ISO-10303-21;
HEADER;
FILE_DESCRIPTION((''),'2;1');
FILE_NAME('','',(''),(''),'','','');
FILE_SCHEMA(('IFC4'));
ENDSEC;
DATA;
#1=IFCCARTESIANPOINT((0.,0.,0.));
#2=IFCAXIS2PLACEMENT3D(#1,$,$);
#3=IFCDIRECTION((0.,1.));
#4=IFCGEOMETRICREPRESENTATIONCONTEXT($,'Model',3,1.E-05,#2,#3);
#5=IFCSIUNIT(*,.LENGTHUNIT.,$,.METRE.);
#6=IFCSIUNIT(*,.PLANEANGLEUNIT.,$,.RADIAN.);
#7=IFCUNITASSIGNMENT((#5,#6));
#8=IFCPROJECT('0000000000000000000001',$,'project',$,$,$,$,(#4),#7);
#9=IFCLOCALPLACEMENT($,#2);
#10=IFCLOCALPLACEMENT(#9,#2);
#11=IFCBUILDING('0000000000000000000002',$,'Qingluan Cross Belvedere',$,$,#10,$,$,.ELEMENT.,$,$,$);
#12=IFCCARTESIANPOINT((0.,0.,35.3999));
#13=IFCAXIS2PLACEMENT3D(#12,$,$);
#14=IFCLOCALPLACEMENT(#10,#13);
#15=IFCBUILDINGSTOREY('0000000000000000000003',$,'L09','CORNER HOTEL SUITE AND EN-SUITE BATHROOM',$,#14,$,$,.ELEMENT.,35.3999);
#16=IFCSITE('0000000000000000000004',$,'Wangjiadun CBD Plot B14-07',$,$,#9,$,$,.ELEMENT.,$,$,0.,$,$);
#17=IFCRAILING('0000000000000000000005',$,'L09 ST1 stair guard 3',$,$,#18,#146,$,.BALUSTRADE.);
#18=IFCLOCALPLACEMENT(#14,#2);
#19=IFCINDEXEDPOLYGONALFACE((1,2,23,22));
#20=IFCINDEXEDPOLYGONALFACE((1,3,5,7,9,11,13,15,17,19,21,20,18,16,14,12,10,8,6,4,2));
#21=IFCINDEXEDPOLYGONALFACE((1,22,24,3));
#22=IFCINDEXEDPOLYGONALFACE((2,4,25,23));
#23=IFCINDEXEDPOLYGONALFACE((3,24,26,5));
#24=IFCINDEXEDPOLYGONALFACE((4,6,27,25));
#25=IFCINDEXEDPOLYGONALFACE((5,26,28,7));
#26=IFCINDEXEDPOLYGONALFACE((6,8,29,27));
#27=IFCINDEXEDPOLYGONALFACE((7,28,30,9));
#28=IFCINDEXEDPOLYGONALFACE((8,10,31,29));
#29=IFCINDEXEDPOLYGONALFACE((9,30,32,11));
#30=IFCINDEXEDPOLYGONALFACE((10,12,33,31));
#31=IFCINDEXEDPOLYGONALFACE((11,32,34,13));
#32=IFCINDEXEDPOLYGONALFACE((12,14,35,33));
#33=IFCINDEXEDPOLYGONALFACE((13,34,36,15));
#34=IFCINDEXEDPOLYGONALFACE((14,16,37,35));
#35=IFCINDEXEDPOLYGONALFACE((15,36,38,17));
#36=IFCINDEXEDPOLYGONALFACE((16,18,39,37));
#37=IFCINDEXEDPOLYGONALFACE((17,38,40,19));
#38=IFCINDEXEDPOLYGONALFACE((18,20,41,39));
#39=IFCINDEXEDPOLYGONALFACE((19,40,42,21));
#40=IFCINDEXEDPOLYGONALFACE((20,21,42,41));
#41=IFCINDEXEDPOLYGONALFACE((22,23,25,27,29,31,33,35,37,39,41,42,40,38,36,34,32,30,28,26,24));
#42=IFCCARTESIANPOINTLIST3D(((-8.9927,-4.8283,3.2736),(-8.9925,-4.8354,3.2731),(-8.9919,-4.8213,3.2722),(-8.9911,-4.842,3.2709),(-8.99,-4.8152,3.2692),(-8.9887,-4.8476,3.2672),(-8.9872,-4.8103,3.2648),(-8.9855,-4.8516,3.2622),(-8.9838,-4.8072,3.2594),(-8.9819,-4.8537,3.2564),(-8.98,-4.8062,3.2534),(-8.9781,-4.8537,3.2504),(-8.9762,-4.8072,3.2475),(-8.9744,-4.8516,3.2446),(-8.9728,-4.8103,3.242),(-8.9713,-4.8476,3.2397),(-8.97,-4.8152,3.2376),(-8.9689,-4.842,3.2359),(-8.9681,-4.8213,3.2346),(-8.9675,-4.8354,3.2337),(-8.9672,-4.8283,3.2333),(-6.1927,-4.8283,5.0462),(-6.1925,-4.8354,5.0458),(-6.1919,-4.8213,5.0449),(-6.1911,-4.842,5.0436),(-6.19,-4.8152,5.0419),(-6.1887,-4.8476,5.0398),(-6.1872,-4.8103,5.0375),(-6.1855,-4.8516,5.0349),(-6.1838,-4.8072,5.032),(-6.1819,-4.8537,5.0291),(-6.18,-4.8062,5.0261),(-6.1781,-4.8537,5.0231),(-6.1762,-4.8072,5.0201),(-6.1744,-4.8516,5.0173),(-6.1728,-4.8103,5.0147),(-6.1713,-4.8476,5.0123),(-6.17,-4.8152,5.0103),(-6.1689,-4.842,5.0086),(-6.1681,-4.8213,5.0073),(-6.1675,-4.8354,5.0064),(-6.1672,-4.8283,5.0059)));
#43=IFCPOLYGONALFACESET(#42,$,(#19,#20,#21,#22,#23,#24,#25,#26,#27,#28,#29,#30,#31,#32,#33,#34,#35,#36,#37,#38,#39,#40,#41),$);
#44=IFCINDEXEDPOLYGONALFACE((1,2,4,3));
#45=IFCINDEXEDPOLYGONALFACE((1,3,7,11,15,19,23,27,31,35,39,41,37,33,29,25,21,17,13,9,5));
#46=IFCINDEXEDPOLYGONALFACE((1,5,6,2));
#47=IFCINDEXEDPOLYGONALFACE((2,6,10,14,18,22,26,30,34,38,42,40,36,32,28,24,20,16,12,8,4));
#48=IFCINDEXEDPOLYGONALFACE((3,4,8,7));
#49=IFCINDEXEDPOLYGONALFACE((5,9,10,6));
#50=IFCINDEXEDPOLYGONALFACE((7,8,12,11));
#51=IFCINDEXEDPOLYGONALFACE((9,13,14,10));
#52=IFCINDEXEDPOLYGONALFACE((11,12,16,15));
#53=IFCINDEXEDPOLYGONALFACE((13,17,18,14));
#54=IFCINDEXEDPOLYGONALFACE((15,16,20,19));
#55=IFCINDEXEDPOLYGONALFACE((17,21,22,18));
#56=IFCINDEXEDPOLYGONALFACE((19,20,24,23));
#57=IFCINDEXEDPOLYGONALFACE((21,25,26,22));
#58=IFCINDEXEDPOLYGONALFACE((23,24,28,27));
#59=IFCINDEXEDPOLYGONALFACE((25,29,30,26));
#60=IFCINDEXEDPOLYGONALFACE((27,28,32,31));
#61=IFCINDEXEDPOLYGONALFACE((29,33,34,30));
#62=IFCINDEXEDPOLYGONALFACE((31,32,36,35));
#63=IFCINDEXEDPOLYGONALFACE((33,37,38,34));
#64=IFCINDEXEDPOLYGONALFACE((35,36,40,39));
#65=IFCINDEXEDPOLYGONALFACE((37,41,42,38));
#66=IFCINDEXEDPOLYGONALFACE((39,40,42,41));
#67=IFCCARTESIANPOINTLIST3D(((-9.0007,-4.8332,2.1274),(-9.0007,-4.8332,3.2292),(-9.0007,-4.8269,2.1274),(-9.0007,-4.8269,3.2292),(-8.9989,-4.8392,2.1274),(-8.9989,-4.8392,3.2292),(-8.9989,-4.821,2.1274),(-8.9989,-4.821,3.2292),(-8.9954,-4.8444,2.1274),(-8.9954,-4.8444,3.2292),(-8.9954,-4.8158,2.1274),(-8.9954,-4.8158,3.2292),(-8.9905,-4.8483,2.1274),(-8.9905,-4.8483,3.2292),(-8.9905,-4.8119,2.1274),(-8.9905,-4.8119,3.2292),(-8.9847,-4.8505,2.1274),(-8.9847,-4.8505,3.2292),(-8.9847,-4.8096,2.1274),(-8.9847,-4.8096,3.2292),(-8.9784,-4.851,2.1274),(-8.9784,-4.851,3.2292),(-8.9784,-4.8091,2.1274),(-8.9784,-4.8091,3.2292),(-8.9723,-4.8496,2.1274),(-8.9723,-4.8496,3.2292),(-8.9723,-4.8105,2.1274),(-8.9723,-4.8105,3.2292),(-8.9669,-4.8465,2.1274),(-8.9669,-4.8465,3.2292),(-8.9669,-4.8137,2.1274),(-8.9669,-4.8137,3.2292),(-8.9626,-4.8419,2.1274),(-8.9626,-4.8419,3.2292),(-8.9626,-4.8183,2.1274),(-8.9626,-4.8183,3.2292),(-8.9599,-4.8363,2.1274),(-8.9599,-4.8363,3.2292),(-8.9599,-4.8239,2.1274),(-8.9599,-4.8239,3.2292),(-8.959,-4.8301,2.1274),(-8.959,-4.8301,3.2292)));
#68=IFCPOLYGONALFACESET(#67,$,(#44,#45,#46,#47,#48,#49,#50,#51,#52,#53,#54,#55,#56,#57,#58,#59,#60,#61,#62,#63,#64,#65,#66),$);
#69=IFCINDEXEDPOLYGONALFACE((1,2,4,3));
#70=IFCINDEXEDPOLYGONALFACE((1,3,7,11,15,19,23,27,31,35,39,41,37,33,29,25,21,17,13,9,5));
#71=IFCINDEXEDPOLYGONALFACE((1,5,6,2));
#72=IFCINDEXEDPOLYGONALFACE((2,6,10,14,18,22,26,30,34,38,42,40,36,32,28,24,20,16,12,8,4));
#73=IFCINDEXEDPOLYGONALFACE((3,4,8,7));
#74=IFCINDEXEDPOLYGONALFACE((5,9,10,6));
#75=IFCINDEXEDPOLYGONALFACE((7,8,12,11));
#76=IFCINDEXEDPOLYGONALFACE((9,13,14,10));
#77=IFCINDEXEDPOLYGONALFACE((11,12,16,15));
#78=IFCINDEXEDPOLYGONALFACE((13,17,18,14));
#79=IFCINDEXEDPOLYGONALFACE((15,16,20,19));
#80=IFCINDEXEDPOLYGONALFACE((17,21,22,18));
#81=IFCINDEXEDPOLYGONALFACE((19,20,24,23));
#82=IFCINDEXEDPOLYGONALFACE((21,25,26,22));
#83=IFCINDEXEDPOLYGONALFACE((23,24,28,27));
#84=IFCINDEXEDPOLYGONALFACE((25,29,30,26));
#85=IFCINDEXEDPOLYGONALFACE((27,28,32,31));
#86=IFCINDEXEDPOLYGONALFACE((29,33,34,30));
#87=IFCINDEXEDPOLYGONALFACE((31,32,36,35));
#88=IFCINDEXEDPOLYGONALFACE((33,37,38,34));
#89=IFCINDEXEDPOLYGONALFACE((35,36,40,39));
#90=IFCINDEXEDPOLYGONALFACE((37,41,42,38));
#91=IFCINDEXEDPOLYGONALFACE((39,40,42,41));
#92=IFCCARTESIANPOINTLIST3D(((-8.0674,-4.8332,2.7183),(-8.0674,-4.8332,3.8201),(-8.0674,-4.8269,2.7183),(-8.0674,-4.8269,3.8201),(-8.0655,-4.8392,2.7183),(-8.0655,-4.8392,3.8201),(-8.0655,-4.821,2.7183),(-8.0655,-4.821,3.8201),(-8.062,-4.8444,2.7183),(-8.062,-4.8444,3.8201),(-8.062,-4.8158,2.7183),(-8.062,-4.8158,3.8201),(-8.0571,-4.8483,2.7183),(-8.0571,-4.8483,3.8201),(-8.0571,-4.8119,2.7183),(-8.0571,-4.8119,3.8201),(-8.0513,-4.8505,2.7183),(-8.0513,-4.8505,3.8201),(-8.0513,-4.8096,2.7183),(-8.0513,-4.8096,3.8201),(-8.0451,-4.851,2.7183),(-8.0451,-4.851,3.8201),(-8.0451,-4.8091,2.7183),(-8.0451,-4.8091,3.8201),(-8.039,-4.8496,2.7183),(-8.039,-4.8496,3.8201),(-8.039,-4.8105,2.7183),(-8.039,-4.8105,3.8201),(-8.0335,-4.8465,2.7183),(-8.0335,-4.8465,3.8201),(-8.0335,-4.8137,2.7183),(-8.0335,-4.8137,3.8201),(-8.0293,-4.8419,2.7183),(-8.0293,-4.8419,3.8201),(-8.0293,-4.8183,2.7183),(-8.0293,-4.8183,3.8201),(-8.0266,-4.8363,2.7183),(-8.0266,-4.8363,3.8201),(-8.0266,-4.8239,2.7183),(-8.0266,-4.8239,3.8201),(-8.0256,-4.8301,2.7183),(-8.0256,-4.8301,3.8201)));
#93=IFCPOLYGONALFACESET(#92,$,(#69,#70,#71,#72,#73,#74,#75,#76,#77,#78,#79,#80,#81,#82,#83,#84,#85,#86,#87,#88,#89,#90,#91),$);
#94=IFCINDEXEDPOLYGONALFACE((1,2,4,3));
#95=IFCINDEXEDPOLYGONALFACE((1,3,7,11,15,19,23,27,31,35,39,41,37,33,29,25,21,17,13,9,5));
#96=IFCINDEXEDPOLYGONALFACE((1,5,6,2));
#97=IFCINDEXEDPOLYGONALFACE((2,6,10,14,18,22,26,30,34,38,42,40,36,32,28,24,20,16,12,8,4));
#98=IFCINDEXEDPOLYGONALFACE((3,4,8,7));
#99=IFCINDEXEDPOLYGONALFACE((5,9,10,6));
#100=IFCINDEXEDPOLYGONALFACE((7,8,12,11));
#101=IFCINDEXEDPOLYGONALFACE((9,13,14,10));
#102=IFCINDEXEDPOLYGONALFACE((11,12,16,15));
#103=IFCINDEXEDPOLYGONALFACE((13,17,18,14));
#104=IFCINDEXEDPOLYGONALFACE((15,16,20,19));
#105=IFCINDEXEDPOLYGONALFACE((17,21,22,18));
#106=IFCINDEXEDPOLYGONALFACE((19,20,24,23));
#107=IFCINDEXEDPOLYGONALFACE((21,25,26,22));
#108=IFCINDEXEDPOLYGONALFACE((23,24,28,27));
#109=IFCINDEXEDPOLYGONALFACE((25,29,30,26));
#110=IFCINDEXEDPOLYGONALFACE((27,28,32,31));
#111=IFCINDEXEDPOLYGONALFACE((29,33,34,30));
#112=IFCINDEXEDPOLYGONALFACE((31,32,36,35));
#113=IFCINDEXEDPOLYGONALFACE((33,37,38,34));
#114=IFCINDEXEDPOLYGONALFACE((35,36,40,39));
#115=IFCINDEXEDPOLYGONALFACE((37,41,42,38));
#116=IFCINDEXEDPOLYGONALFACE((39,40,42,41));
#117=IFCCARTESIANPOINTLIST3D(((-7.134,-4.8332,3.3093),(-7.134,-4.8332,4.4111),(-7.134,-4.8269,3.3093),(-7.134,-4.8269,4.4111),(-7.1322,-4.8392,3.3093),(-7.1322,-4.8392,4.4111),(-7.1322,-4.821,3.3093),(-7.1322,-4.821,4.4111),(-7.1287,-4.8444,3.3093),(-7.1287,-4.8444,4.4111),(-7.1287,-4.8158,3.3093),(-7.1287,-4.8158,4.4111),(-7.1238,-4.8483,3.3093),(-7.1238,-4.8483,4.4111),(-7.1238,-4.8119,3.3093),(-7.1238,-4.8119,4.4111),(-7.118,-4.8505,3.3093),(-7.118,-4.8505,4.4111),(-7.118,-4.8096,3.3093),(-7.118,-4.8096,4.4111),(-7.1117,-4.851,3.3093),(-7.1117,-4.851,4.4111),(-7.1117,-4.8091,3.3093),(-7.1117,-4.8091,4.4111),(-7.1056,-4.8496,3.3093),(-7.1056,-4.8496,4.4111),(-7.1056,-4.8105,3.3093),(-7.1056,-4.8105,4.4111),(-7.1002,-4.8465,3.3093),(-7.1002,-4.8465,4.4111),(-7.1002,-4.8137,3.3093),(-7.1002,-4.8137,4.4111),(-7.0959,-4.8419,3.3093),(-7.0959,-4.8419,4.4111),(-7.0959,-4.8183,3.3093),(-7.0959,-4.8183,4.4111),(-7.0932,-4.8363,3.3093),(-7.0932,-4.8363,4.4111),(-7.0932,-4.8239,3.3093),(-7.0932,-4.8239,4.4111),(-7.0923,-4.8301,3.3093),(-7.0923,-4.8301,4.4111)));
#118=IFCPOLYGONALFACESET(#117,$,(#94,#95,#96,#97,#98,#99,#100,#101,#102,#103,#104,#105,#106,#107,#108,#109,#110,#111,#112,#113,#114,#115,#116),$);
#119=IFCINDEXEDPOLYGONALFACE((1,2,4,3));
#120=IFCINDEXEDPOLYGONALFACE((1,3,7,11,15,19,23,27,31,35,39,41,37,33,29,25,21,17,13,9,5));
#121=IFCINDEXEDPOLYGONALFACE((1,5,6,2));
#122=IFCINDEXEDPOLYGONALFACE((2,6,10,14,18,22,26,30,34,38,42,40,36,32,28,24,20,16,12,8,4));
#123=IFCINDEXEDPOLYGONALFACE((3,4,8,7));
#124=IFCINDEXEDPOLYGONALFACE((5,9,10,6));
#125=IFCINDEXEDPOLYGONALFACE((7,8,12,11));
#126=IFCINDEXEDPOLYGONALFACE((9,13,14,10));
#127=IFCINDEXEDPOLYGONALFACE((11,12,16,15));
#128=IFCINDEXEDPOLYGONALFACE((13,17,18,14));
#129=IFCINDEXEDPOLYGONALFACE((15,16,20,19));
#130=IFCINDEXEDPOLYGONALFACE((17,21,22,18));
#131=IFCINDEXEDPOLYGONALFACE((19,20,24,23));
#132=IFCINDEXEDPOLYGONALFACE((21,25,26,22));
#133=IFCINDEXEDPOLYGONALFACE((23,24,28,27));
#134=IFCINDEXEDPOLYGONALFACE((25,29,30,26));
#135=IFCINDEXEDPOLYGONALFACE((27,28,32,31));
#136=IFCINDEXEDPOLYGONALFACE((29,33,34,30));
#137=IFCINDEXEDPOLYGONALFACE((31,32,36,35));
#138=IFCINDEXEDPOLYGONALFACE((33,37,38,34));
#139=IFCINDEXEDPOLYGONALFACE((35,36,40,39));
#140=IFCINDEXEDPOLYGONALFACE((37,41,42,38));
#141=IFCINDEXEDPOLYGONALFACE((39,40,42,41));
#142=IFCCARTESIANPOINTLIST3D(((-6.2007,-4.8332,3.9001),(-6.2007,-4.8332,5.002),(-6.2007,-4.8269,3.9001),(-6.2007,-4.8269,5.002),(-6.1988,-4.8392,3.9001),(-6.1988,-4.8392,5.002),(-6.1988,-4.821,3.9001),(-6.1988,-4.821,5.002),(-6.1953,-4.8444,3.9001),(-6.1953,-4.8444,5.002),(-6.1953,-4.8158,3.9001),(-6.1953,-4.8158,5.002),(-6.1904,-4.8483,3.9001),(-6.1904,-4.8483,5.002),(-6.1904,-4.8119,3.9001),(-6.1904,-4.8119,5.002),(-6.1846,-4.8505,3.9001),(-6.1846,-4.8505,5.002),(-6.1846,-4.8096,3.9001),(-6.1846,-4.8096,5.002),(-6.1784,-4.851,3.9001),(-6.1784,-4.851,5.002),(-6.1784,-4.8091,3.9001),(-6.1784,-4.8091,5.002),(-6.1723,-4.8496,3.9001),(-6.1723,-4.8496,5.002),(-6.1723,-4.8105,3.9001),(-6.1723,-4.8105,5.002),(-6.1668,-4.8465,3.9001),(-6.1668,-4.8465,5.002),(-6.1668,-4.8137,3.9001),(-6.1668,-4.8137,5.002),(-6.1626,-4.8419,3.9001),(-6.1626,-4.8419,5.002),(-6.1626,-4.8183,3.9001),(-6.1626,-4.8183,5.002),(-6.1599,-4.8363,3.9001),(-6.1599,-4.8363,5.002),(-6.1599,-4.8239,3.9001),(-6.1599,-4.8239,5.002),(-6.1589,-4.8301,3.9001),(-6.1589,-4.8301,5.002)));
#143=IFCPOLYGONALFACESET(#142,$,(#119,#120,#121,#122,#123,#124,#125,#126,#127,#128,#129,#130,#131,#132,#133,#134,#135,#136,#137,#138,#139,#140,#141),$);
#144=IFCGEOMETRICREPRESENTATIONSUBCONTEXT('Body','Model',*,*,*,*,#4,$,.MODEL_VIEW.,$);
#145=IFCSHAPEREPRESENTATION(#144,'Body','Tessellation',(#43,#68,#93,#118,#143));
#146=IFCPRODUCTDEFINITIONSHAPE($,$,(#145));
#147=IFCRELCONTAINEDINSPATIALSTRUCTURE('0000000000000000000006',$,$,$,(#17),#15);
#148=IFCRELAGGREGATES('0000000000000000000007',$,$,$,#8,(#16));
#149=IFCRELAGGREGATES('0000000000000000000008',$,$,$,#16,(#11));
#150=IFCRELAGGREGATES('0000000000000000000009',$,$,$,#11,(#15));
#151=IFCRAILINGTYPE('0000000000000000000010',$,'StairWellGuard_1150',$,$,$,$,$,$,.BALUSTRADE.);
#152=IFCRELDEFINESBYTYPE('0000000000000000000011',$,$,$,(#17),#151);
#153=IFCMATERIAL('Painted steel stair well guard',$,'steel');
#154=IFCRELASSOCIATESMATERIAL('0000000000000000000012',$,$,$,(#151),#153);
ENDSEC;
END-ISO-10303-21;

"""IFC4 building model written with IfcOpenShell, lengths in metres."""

from ifc_helpers import new_model, si_unit, direction, frame, origin, origin_2d, place, context, subcontext, project, spatial, circle, extrude, material, type_object, element, save


model = new_model("IFC4")

# Units and contexts
model_context = context("Model", 3, precision=1e-05, world=origin(), true_north=direction((0.0, 1.0)))
body_context = subcontext(model_context, "Body", "Model", "MODEL_VIEW")
ifc_project = project(units=[si_unit("LENGTHUNIT", "METRE"), si_unit("PLANEANGLEUNIT", "RADIAN")], contexts=[model_context])

# Site, building, storey
site_placement = place(None, origin())
site = spatial("IfcSite", under=ifc_project, at=site_placement, Name="Wangjiadun CBD Plot B14-07", CompositionType="ELEMENT", RefElevation=0.0)
building_placement = place(site_placement, origin())
building = spatial("IfcBuilding", under=site, at=building_placement, Name="Qingluan Cross Belvedere", CompositionType="ELEMENT")
storey_placement = place(building_placement, frame((0.0, 0.0, 35.3999)))
storey = spatial("IfcBuildingStorey", under=building, at=storey_placement, Name="L09", Description="CORNER HOTEL SUITE AND EN-SUITE BATHROOM", CompositionType="ELEMENT", Elevation=35.3999)

# Railing
ifc_material_1 = material(Name="Painted steel stair well guard", Category="steel")
railing_type_1 = type_object("IfcRailingType", Name="StairWellGuard_1150", PredefinedType="BALUSTRADE", material=ifc_material_1)
railing_1_placement = place(storey_placement, frame((-8.98, -4.8301, 2.1274)))
element("IfcRailing", 1, at=railing_1_placement, inside=storey, type_object=railing_type_1, Name="L09 ST1 stair guard 3", PredefinedType="BALUSTRADE", context=body_context, shape_type="SweptSolid", body=[
    extrude(circle(Radius=0.0239, at=origin_2d()), frame((0.0, 0.0, 1.126), z_axis=(0.844909, 0.0, 0.53491), x_axis=(0.0, 1.0, 0.0)), (0.0, 0.0, 1.0), 3.314),
    extrude(circle(Radius=0.021, at=origin_2d()), origin(), (0.0, 0.0, 1.0), 1.1018),
    extrude(circle(Radius=0.021, at=origin_2d()), frame((0.9333, 0.0, 0.5908)), (0.0, 0.0, 1.0), 1.1018),
    extrude(circle(Radius=0.021, at=origin_2d()), frame((1.8667, 0.0, 1.1819)), (0.0, 0.0, 1.0), 1.1018),
    extrude(circle(Radius=0.021, at=origin_2d()), frame((2.8, 0.0, 1.7727)), (0.0, 0.0, 1.0), 1.1018),
])

save(model, "model.ifc")
